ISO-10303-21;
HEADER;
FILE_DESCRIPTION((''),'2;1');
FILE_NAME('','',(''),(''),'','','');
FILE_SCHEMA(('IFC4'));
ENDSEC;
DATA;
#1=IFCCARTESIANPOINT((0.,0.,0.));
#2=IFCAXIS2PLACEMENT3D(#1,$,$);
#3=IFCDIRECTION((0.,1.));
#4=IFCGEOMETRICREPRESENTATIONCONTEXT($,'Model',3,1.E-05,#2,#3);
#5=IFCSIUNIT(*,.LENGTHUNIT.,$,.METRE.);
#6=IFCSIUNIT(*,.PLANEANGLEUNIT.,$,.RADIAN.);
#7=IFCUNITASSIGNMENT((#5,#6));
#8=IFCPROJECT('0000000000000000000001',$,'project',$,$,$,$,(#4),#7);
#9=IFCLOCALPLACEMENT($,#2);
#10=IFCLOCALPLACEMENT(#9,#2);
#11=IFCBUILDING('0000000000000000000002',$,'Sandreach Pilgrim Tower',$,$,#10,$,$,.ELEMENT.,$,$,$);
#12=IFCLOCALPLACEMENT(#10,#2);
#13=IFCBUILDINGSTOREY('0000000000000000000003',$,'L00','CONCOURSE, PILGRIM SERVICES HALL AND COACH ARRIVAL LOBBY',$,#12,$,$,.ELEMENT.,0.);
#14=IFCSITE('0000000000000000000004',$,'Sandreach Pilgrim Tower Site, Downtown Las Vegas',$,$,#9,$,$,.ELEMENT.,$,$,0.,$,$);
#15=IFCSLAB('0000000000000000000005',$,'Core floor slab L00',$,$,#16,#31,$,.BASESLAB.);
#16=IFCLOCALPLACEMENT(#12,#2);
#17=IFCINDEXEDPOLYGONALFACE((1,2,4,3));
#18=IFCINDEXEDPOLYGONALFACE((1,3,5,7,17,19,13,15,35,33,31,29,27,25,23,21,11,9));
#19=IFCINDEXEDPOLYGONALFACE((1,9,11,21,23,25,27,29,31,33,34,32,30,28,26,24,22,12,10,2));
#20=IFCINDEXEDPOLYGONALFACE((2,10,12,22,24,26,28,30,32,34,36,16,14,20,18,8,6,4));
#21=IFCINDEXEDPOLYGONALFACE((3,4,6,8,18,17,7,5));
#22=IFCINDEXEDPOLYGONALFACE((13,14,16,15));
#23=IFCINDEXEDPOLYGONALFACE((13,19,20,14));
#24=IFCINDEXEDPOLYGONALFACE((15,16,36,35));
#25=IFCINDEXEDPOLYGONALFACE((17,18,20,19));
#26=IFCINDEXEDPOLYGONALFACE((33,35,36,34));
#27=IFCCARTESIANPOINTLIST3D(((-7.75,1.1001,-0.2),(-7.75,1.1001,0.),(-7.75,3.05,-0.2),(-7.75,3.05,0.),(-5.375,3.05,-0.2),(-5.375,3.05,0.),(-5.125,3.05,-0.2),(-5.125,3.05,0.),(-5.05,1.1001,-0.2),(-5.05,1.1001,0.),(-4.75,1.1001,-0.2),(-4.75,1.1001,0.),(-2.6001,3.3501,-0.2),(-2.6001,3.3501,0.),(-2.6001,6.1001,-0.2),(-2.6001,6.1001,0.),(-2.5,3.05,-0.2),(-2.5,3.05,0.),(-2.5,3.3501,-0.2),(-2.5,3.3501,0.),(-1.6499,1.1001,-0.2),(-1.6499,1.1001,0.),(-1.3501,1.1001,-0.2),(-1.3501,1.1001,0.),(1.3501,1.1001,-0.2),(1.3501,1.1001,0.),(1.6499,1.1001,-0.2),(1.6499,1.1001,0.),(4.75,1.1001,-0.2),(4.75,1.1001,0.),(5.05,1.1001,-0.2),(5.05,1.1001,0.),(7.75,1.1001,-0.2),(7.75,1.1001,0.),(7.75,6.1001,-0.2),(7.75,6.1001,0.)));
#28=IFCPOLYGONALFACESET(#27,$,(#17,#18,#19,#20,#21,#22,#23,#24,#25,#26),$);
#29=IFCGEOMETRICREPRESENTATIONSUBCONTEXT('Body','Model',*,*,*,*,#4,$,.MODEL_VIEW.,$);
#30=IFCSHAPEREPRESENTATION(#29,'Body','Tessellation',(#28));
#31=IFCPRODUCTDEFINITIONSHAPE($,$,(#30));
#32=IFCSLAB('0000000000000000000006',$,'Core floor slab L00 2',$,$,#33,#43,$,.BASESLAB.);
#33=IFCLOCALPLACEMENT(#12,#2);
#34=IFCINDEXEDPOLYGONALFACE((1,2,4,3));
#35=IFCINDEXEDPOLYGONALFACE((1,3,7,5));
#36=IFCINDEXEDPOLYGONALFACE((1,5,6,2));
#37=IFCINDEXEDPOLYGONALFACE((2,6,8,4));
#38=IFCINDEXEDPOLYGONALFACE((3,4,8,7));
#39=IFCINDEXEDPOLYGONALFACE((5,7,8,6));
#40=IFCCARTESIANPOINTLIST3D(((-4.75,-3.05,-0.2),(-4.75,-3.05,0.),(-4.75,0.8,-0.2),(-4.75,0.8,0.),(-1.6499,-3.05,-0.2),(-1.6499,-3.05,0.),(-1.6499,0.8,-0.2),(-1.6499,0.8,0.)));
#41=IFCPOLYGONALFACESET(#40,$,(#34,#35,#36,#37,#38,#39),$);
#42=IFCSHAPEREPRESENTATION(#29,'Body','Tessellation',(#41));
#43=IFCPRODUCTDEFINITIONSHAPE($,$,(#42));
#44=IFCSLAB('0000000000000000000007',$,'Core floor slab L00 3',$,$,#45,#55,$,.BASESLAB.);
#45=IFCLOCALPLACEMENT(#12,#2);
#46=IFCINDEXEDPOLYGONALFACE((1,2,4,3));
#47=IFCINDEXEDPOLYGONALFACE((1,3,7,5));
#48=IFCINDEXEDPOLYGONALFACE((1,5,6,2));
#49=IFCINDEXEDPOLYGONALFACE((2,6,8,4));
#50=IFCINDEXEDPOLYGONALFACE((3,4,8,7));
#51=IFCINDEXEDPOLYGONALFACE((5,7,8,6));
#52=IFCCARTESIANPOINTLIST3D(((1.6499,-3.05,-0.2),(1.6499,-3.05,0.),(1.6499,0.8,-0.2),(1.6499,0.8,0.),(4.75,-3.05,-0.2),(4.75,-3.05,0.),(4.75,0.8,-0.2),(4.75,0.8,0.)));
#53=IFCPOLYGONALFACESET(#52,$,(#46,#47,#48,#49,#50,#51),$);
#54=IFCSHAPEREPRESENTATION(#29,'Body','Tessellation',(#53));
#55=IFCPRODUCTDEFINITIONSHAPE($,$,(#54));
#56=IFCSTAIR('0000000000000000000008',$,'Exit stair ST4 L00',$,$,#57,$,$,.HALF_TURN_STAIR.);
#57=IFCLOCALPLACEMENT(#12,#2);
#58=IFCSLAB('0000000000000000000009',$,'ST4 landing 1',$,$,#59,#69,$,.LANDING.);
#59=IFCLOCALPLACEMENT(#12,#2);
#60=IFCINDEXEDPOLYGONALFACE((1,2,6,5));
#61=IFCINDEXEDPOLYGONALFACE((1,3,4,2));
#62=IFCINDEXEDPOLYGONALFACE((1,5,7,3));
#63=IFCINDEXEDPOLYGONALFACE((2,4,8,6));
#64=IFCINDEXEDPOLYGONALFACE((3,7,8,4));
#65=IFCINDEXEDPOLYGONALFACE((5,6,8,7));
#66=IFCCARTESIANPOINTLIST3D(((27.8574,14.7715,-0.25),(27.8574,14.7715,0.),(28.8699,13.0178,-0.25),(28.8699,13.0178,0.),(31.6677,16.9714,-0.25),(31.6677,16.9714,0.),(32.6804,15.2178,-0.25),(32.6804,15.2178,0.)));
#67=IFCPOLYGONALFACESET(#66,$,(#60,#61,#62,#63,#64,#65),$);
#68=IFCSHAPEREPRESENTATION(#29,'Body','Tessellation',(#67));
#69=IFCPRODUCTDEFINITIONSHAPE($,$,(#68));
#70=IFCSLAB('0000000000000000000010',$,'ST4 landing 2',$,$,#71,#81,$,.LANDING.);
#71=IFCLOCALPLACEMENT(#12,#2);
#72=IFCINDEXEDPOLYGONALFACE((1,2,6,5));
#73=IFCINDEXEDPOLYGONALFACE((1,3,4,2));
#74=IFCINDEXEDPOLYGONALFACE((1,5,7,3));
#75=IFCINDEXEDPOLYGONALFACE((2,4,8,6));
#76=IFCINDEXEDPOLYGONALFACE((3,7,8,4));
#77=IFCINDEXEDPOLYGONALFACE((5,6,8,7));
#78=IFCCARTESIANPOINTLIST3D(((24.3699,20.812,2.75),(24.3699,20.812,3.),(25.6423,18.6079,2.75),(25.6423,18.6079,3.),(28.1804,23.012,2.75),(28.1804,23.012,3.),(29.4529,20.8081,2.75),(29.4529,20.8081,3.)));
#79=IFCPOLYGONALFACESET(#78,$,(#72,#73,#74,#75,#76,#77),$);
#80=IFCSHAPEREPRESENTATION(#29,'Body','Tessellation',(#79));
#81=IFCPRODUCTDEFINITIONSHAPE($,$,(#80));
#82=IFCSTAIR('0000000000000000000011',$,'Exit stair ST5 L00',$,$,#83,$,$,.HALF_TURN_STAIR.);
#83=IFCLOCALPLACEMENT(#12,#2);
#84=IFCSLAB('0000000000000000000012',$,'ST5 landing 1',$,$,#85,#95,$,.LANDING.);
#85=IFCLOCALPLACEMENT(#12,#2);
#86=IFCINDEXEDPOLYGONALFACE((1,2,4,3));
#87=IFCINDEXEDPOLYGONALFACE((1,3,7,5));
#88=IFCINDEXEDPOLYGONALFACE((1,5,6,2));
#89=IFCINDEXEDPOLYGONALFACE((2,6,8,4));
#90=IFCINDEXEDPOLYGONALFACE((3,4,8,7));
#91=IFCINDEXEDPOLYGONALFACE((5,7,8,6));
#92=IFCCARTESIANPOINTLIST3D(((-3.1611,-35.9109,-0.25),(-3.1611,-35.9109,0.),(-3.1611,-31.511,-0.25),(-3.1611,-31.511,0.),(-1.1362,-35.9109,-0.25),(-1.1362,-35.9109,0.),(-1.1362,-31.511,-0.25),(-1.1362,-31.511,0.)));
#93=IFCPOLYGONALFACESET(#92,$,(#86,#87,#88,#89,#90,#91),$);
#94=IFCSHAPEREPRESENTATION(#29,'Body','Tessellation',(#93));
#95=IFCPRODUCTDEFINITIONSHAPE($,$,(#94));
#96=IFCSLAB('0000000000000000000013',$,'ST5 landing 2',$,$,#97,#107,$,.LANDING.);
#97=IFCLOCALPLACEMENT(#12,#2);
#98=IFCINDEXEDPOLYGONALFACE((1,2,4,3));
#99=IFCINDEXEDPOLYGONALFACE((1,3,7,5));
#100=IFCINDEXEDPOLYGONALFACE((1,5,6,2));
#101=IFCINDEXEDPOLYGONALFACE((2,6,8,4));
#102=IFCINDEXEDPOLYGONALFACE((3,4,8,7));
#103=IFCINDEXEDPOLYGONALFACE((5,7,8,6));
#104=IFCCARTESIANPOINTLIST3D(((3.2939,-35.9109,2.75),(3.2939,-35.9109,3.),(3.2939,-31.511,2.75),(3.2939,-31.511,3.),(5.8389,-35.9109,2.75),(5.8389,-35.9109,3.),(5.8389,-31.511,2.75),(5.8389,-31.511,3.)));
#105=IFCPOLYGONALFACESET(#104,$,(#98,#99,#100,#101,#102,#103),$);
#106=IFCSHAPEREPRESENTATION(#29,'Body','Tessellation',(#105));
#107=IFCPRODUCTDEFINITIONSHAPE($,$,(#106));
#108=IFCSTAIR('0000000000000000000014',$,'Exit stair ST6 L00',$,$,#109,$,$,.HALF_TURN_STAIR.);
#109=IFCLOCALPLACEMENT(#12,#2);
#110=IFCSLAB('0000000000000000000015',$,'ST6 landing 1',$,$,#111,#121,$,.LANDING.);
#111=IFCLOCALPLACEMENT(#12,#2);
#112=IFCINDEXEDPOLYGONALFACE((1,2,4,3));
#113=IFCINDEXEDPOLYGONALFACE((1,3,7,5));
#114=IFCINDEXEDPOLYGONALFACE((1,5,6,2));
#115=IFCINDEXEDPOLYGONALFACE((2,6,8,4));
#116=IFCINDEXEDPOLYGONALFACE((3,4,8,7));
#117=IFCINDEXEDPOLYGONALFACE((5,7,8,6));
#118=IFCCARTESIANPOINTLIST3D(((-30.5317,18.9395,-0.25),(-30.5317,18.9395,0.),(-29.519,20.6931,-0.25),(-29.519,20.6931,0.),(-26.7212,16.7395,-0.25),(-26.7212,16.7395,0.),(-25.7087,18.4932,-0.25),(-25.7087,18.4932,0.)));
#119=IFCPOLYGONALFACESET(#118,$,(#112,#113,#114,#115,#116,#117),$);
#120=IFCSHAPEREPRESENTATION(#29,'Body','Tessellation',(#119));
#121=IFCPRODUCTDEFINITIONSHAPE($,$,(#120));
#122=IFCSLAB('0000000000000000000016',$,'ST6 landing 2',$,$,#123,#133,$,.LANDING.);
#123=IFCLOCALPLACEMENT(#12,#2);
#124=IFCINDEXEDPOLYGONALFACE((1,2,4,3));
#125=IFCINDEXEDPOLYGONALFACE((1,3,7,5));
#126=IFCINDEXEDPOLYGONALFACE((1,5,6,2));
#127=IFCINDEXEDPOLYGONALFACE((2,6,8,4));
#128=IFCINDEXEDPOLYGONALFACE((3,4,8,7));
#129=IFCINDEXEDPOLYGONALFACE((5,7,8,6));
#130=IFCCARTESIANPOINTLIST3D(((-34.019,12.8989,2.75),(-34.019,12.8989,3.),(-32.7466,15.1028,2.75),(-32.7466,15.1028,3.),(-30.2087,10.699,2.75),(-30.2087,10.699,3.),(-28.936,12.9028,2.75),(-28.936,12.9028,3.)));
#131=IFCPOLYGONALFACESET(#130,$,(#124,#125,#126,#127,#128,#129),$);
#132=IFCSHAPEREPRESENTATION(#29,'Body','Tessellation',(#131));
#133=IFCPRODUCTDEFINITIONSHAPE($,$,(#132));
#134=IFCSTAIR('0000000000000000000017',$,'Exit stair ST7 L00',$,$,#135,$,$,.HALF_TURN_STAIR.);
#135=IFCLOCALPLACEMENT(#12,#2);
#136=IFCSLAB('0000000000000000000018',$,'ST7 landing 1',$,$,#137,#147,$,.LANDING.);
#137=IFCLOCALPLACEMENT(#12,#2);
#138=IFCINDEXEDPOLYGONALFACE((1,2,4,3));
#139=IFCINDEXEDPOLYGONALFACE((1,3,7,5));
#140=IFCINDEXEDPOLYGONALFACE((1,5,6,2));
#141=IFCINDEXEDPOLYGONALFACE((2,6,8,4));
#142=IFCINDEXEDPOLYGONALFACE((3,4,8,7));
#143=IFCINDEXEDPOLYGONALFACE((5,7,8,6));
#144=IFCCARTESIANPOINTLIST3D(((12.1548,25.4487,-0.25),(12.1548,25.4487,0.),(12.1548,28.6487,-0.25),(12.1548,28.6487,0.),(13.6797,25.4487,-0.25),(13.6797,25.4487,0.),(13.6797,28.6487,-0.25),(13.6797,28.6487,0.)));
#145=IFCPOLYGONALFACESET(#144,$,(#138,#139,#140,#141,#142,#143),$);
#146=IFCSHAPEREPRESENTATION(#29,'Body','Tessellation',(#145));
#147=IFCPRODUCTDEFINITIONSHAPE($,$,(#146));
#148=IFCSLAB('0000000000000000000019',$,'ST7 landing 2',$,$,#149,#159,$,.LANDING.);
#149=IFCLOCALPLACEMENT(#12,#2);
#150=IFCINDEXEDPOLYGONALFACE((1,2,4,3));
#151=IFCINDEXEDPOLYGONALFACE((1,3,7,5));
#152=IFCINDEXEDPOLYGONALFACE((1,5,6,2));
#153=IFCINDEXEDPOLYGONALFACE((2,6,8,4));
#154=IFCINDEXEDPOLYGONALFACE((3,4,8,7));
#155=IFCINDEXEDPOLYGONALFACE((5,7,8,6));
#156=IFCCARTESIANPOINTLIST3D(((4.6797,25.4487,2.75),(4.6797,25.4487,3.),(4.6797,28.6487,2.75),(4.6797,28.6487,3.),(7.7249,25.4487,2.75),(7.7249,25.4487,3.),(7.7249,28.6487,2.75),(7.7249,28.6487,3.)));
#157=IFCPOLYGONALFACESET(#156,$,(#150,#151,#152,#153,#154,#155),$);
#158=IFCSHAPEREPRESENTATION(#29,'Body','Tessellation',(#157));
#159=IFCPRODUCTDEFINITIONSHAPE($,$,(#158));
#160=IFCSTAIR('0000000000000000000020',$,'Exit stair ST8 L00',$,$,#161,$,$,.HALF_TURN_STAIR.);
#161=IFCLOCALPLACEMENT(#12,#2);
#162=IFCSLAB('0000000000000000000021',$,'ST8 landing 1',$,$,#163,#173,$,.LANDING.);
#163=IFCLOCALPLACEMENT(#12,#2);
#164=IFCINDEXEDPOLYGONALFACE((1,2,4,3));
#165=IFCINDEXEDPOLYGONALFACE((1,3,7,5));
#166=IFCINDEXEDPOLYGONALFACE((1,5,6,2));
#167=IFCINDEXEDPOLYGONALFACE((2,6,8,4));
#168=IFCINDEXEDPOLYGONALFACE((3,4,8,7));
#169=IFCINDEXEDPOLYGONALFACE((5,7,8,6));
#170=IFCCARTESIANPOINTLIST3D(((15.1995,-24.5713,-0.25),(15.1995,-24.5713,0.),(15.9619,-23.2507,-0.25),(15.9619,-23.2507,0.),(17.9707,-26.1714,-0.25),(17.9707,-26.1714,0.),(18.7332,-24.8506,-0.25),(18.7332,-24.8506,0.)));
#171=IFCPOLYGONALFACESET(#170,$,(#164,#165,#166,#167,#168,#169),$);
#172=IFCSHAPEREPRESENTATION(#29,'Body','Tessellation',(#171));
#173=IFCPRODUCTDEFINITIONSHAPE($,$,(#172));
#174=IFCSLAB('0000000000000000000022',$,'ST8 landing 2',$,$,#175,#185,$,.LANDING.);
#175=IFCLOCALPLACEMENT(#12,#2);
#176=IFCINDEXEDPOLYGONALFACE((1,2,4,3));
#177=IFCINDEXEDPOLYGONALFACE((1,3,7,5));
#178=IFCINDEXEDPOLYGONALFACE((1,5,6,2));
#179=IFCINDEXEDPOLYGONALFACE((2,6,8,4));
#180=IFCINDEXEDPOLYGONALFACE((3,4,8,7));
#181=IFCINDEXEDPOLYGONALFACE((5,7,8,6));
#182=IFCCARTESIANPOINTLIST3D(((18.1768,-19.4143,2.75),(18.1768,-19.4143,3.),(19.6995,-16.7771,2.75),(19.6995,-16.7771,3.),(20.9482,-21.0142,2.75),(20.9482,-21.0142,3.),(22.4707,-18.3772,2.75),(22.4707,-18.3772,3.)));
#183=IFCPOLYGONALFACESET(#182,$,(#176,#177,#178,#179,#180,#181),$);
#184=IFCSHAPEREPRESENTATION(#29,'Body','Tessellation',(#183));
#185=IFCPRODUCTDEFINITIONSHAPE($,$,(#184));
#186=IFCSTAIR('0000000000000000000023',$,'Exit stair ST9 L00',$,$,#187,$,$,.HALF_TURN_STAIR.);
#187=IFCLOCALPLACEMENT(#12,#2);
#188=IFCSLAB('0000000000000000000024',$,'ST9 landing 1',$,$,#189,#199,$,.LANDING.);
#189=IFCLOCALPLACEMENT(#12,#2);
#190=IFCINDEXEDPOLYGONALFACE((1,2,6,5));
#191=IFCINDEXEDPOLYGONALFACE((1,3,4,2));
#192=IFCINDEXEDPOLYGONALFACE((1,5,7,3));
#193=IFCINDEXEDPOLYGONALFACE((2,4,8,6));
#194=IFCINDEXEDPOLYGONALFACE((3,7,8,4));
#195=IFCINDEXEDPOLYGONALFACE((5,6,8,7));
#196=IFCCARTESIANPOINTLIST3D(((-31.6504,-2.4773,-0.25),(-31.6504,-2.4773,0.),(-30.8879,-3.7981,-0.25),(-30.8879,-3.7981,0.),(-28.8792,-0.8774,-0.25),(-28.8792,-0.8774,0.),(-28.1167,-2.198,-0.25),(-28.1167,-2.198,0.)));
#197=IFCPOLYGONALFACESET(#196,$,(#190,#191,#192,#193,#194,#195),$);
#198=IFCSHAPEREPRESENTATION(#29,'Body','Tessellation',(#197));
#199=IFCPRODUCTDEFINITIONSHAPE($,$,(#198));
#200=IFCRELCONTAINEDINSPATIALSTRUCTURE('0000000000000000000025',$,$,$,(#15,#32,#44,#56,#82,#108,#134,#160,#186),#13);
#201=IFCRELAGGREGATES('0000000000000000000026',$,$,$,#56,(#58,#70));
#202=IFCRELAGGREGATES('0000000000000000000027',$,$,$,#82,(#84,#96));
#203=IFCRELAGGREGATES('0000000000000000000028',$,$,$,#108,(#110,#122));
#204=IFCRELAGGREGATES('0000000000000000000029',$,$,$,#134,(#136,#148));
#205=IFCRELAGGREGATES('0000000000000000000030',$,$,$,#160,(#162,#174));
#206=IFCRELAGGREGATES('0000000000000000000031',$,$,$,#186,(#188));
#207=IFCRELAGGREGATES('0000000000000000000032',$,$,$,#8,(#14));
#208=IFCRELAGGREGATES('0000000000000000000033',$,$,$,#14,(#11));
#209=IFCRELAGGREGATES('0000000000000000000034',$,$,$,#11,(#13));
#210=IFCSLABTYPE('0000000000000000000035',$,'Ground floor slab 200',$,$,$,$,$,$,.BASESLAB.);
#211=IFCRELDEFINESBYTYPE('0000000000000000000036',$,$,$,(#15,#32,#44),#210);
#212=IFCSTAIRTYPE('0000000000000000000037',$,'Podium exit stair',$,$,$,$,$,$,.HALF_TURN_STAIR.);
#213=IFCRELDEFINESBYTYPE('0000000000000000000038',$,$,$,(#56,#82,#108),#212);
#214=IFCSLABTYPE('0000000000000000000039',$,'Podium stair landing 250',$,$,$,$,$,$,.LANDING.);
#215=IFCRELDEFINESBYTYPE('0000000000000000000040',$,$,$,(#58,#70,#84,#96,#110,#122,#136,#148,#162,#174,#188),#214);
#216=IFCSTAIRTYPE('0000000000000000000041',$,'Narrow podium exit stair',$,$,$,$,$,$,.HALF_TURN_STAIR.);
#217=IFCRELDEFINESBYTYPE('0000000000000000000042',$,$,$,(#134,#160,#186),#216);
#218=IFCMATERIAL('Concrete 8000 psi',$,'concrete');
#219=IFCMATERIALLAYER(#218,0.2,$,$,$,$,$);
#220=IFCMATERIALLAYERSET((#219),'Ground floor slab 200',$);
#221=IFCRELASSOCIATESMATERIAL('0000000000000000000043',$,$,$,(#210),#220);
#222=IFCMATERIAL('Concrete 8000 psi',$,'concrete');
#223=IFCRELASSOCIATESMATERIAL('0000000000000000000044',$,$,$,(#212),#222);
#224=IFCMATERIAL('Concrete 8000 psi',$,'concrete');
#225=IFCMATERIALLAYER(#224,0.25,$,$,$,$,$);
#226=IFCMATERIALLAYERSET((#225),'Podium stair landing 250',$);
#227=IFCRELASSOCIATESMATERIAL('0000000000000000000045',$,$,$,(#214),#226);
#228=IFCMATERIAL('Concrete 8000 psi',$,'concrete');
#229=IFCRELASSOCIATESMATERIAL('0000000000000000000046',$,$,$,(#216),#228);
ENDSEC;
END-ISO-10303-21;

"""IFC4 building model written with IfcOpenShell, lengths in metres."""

from ifc_helpers import new_model, si_unit, direction, frame, origin, place, context, subcontext, project, spatial, polyline, outline, extrude, material, layer, layer_set, type_object, element, aggregate, save


model = new_model("IFC4")

# Units and contexts
model_context = context("Model", 3, precision=1e-05, world=origin(), true_north=direction((0.0, 1.0)))
body_context = subcontext(model_context, "Body", "Model", "MODEL_VIEW")
ifc_project = project(units=[si_unit("LENGTHUNIT", "METRE"), si_unit("PLANEANGLEUNIT", "RADIAN")], contexts=[model_context])

# Site, building, storey
site_placement = place(None, origin())
site = spatial("IfcSite", under=ifc_project, at=site_placement, Name="Sandreach Pilgrim Tower Site, Downtown Las Vegas", CompositionType="ELEMENT", RefElevation=0.0)
building_placement = place(site_placement, origin())
building = spatial("IfcBuilding", under=site, at=building_placement, Name="Sandreach Pilgrim Tower", CompositionType="ELEMENT")
storey_placement = place(building_placement, origin())
storey = spatial("IfcBuildingStorey", under=building, at=storey_placement, Name="L00", Description="CONCOURSE, PILGRIM SERVICES HALL AND COACH ARRIVAL LOBBY", CompositionType="ELEMENT", Elevation=0.0)

# Slabs
ifc_material_1 = material(Name="Concrete 8000 psi", Category="concrete")
ifc_layer_1 = layer(ifc_material_1, 0.2)
ifc_layer_set_1 = layer_set([ifc_layer_1], Name="Ground floor slab 200")
slab_type_1 = type_object("IfcSlabType", Name="Ground floor slab 200", PredefinedType="BASESLAB", material=ifc_layer_set_1)
slab_1_placement = place(storey_placement, frame((0.0, 0.0, -0.2)))
element("IfcSlab", 1, at=slab_1_placement, inside=storey, type_object=slab_type_1, Name="Core floor slab L00", PredefinedType="BASESLAB", context=body_context, shape_type="SweptSolid", body=[
    extrude(outline(polyline([(-7.75, 3.05), (-5.375, 3.05), (-5.125, 3.05), (-2.5, 3.05), (-2.5, 3.3501), (-2.6001, 3.3501), (-2.6001, 6.1001), (7.75, 6.1001), (7.75, 1.1001), (5.05, 1.1001), (4.75, 1.1001), (1.6499, 1.1001), (1.3501, 1.1001), (-1.3501, 1.1001), (-1.6499, 1.1001), (-4.75, 1.1001), (-5.05, 1.1001), (-7.75, 1.1001), (-7.75, 3.05)])), origin(), (0.0, 0.0, 1.0), 0.2),
])
slab_2_placement = place(storey_placement, frame((0.0, 0.0, -0.2)))
element("IfcSlab", 2, at=slab_2_placement, inside=storey, type_object=slab_type_1, Name="Core floor slab L00 2", PredefinedType="BASESLAB", context=body_context, shape_type="SweptSolid", body=[
    extrude(outline(polyline([(-1.6499, -3.05), (-4.75, -3.05), (-4.75, 0.8), (-1.6499, 0.8), (-1.6499, -3.05)])), origin(), (0.0, 0.0, 1.0), 0.2),
])
slab_3_placement = place(storey_placement, frame((0.0, 0.0, -0.2)))
element("IfcSlab", 3, at=slab_3_placement, inside=storey, type_object=slab_type_1, Name="Core floor slab L00 3", PredefinedType="BASESLAB", context=body_context, shape_type="SweptSolid", body=[
    extrude(outline(polyline([(4.75, -3.05), (1.6499, -3.05), (1.6499, 0.8), (4.75, 0.8), (4.75, -3.05)])), origin(), (0.0, 0.0, 1.0), 0.2),
])

# Stairs, slabs
ifc_material_2 = material(Name="Concrete 8000 psi", Category="concrete")
stair_type_1 = type_object("IfcStairType", Name="Podium exit stair", PredefinedType="HALF_TURN_STAIR", material=ifc_material_2)
stair_1_placement = place(storey_placement, origin())
stair_1 = element("IfcStair", 4, at=stair_1_placement, inside=storey, type_object=stair_type_1, Name="Exit stair ST4 L00", PredefinedType="HALF_TURN_STAIR")
ifc_material_3 = material(Name="Concrete 8000 psi", Category="concrete")
ifc_layer_2 = layer(ifc_material_3, 0.25)
ifc_layer_set_2 = layer_set([ifc_layer_2], Name="Podium stair landing 250")
slab_type_2 = type_object("IfcSlabType", Name="Podium stair landing 250", PredefinedType="LANDING", material=ifc_layer_set_2)
slab_4_placement = place(storey_placement, frame((0.0, 0.0, -0.25)))
slab_4 = element("IfcSlab", 5, at=slab_4_placement, type_object=slab_type_2, Name="ST4 landing 1", PredefinedType="LANDING", context=body_context, shape_type="SweptSolid", body=[
    extrude(outline(polyline([(28.8699, 13.0178), (27.8574, 14.7715), (31.6677, 16.9714), (32.6804, 15.2178), (28.8699, 13.0178)])), origin(), (0.0, 0.0, 1.0), 0.25),
])
slab_5_placement = place(storey_placement, frame((0.0, 0.0, 2.75)))
slab_5 = element("IfcSlab", 6, at=slab_5_placement, type_object=slab_type_2, Name="ST4 landing 2", PredefinedType="LANDING", context=body_context, shape_type="SweptSolid", body=[
    extrude(outline(polyline([(25.6423, 18.6079), (24.3699, 20.812), (28.1804, 23.012), (29.4529, 20.8081), (25.6423, 18.6079)])), origin(), (0.0, 0.0, 1.0), 0.25),
])
aggregate(stair_1, [slab_4, slab_5])
stair_2_placement = place(storey_placement, origin())
stair_2 = element("IfcStair", 7, at=stair_2_placement, inside=storey, type_object=stair_type_1, Name="Exit stair ST5 L00", PredefinedType="HALF_TURN_STAIR")
slab_6_placement = place(storey_placement, frame((0.0, 0.0, -0.25)))
slab_6 = element("IfcSlab", 8, at=slab_6_placement, type_object=slab_type_2, Name="ST5 landing 1", PredefinedType="LANDING", context=body_context, shape_type="SweptSolid", body=[
    extrude(outline(polyline([(-3.1611, -31.511), (-1.1362, -31.511), (-1.1362, -35.9109), (-3.1611, -35.9109), (-3.1611, -31.511)])), origin(), (0.0, 0.0, 1.0), 0.25),
])
slab_7_placement = place(storey_placement, frame((0.0, 0.0, 2.75)))
slab_7 = element("IfcSlab", 9, at=slab_7_placement, type_object=slab_type_2, Name="ST5 landing 2", PredefinedType="LANDING", context=body_context, shape_type="SweptSolid", body=[
    extrude(outline(polyline([(3.2939, -31.511), (5.8389, -31.511), (5.8389, -35.9109), (3.2939, -35.9109), (3.2939, -31.511)])), origin(), (0.0, 0.0, 1.0), 0.25),
])
aggregate(stair_2, [slab_6, slab_7])
stair_3_placement = place(storey_placement, origin())
stair_3 = element("IfcStair", 10, at=stair_3_placement, inside=storey, type_object=stair_type_1, Name="Exit stair ST6 L00", PredefinedType="HALF_TURN_STAIR")
slab_8_placement = place(storey_placement, frame((0.0, 0.0, -0.25)))
slab_8 = element("IfcSlab", 11, at=slab_8_placement, type_object=slab_type_2, Name="ST6 landing 1", PredefinedType="LANDING", context=body_context, shape_type="SweptSolid", body=[
    extrude(outline(polyline([(-25.7087, 18.4932), (-26.7212, 16.7395), (-30.5317, 18.9395), (-29.519, 20.6931), (-25.7087, 18.4932)])), origin(), (0.0, 0.0, 1.0), 0.25),
])
slab_9_placement = place(storey_placement, frame((0.0, 0.0, 2.75)))
slab_9 = element("IfcSlab", 12, at=slab_9_placement, type_object=slab_type_2, Name="ST6 landing 2", PredefinedType="LANDING", context=body_context, shape_type="SweptSolid", body=[
    extrude(outline(polyline([(-28.936, 12.9028), (-30.2087, 10.699), (-34.019, 12.8989), (-32.7466, 15.1028), (-28.936, 12.9028)])), origin(), (0.0, 0.0, 1.0), 0.25),
])
aggregate(stair_3, [slab_8, slab_9])
ifc_material_4 = material(Name="Concrete 8000 psi", Category="concrete")
stair_type_2 = type_object("IfcStairType", Name="Narrow podium exit stair", PredefinedType="HALF_TURN_STAIR", material=ifc_material_4)
stair_4_placement = place(storey_placement, origin())
stair_4 = element("IfcStair", 13, at=stair_4_placement, inside=storey, type_object=stair_type_2, Name="Exit stair ST7 L00", PredefinedType="HALF_TURN_STAIR")
slab_10_placement = place(storey_placement, frame((0.0, 0.0, -0.25)))
slab_10 = element("IfcSlab", 14, at=slab_10_placement, type_object=slab_type_2, Name="ST7 landing 1", PredefinedType="LANDING", context=body_context, shape_type="SweptSolid", body=[
    extrude(outline(polyline([(13.6797, 25.4487), (12.1548, 25.4487), (12.1548, 28.6487), (13.6797, 28.6487), (13.6797, 25.4487)])), origin(), (0.0, 0.0, 1.0), 0.25),
])
slab_11_placement = place(storey_placement, frame((0.0, 0.0, 2.75)))
slab_11 = element("IfcSlab", 15, at=slab_11_placement, type_object=slab_type_2, Name="ST7 landing 2", PredefinedType="LANDING", context=body_context, shape_type="SweptSolid", body=[
    extrude(outline(polyline([(7.7249, 25.4487), (4.6797, 25.4487), (4.6797, 28.6487), (7.7249, 28.6487), (7.7249, 25.4487)])), origin(), (0.0, 0.0, 1.0), 0.25),
])
aggregate(stair_4, [slab_10, slab_11])
stair_5_placement = place(storey_placement, origin())
stair_5 = element("IfcStair", 16, at=stair_5_placement, inside=storey, type_object=stair_type_2, Name="Exit stair ST8 L00", PredefinedType="HALF_TURN_STAIR")
slab_12_placement = place(storey_placement, frame((0.0, 0.0, -0.25)))
slab_12 = element("IfcSlab", 17, at=slab_12_placement, type_object=slab_type_2, Name="ST8 landing 1", PredefinedType="LANDING", context=body_context, shape_type="SweptSolid", body=[
    extrude(outline(polyline([(15.1995, -24.5713), (15.9619, -23.2507), (18.7332, -24.8506), (17.9707, -26.1714), (15.1995, -24.5713)])), origin(), (0.0, 0.0, 1.0), 0.25),
])
slab_13_placement = place(storey_placement, frame((0.0, 0.0, 2.75)))
slab_13 = element("IfcSlab", 18, at=slab_13_placement, type_object=slab_type_2, Name="ST8 landing 2", PredefinedType="LANDING", context=body_context, shape_type="SweptSolid", body=[
    extrude(outline(polyline([(18.1768, -19.4143), (19.6995, -16.7771), (22.4707, -18.3772), (20.9482, -21.0142), (18.1768, -19.4143)])), origin(), (0.0, 0.0, 1.0), 0.25),
])
aggregate(stair_5, [slab_12, slab_13])
stair_6_placement = place(storey_placement, origin())
stair_6 = element("IfcStair", 19, at=stair_6_placement, inside=storey, type_object=stair_type_2, Name="Exit stair ST9 L00", PredefinedType="HALF_TURN_STAIR")
slab_14_placement = place(storey_placement, frame((0.0, 0.0, -0.25)))
slab_14 = element("IfcSlab", 20, at=slab_14_placement, type_object=slab_type_2, Name="ST9 landing 1", PredefinedType="LANDING", context=body_context, shape_type="SweptSolid", body=[
    extrude(outline(polyline([(-28.8792, -0.8774), (-28.1167, -2.198), (-30.8879, -3.7981), (-31.6504, -2.4773), (-28.8792, -0.8774)])), origin(), (0.0, 0.0, 1.0), 0.25),
])
aggregate(stair_6, [slab_14])

save(model, "model.ifc")
